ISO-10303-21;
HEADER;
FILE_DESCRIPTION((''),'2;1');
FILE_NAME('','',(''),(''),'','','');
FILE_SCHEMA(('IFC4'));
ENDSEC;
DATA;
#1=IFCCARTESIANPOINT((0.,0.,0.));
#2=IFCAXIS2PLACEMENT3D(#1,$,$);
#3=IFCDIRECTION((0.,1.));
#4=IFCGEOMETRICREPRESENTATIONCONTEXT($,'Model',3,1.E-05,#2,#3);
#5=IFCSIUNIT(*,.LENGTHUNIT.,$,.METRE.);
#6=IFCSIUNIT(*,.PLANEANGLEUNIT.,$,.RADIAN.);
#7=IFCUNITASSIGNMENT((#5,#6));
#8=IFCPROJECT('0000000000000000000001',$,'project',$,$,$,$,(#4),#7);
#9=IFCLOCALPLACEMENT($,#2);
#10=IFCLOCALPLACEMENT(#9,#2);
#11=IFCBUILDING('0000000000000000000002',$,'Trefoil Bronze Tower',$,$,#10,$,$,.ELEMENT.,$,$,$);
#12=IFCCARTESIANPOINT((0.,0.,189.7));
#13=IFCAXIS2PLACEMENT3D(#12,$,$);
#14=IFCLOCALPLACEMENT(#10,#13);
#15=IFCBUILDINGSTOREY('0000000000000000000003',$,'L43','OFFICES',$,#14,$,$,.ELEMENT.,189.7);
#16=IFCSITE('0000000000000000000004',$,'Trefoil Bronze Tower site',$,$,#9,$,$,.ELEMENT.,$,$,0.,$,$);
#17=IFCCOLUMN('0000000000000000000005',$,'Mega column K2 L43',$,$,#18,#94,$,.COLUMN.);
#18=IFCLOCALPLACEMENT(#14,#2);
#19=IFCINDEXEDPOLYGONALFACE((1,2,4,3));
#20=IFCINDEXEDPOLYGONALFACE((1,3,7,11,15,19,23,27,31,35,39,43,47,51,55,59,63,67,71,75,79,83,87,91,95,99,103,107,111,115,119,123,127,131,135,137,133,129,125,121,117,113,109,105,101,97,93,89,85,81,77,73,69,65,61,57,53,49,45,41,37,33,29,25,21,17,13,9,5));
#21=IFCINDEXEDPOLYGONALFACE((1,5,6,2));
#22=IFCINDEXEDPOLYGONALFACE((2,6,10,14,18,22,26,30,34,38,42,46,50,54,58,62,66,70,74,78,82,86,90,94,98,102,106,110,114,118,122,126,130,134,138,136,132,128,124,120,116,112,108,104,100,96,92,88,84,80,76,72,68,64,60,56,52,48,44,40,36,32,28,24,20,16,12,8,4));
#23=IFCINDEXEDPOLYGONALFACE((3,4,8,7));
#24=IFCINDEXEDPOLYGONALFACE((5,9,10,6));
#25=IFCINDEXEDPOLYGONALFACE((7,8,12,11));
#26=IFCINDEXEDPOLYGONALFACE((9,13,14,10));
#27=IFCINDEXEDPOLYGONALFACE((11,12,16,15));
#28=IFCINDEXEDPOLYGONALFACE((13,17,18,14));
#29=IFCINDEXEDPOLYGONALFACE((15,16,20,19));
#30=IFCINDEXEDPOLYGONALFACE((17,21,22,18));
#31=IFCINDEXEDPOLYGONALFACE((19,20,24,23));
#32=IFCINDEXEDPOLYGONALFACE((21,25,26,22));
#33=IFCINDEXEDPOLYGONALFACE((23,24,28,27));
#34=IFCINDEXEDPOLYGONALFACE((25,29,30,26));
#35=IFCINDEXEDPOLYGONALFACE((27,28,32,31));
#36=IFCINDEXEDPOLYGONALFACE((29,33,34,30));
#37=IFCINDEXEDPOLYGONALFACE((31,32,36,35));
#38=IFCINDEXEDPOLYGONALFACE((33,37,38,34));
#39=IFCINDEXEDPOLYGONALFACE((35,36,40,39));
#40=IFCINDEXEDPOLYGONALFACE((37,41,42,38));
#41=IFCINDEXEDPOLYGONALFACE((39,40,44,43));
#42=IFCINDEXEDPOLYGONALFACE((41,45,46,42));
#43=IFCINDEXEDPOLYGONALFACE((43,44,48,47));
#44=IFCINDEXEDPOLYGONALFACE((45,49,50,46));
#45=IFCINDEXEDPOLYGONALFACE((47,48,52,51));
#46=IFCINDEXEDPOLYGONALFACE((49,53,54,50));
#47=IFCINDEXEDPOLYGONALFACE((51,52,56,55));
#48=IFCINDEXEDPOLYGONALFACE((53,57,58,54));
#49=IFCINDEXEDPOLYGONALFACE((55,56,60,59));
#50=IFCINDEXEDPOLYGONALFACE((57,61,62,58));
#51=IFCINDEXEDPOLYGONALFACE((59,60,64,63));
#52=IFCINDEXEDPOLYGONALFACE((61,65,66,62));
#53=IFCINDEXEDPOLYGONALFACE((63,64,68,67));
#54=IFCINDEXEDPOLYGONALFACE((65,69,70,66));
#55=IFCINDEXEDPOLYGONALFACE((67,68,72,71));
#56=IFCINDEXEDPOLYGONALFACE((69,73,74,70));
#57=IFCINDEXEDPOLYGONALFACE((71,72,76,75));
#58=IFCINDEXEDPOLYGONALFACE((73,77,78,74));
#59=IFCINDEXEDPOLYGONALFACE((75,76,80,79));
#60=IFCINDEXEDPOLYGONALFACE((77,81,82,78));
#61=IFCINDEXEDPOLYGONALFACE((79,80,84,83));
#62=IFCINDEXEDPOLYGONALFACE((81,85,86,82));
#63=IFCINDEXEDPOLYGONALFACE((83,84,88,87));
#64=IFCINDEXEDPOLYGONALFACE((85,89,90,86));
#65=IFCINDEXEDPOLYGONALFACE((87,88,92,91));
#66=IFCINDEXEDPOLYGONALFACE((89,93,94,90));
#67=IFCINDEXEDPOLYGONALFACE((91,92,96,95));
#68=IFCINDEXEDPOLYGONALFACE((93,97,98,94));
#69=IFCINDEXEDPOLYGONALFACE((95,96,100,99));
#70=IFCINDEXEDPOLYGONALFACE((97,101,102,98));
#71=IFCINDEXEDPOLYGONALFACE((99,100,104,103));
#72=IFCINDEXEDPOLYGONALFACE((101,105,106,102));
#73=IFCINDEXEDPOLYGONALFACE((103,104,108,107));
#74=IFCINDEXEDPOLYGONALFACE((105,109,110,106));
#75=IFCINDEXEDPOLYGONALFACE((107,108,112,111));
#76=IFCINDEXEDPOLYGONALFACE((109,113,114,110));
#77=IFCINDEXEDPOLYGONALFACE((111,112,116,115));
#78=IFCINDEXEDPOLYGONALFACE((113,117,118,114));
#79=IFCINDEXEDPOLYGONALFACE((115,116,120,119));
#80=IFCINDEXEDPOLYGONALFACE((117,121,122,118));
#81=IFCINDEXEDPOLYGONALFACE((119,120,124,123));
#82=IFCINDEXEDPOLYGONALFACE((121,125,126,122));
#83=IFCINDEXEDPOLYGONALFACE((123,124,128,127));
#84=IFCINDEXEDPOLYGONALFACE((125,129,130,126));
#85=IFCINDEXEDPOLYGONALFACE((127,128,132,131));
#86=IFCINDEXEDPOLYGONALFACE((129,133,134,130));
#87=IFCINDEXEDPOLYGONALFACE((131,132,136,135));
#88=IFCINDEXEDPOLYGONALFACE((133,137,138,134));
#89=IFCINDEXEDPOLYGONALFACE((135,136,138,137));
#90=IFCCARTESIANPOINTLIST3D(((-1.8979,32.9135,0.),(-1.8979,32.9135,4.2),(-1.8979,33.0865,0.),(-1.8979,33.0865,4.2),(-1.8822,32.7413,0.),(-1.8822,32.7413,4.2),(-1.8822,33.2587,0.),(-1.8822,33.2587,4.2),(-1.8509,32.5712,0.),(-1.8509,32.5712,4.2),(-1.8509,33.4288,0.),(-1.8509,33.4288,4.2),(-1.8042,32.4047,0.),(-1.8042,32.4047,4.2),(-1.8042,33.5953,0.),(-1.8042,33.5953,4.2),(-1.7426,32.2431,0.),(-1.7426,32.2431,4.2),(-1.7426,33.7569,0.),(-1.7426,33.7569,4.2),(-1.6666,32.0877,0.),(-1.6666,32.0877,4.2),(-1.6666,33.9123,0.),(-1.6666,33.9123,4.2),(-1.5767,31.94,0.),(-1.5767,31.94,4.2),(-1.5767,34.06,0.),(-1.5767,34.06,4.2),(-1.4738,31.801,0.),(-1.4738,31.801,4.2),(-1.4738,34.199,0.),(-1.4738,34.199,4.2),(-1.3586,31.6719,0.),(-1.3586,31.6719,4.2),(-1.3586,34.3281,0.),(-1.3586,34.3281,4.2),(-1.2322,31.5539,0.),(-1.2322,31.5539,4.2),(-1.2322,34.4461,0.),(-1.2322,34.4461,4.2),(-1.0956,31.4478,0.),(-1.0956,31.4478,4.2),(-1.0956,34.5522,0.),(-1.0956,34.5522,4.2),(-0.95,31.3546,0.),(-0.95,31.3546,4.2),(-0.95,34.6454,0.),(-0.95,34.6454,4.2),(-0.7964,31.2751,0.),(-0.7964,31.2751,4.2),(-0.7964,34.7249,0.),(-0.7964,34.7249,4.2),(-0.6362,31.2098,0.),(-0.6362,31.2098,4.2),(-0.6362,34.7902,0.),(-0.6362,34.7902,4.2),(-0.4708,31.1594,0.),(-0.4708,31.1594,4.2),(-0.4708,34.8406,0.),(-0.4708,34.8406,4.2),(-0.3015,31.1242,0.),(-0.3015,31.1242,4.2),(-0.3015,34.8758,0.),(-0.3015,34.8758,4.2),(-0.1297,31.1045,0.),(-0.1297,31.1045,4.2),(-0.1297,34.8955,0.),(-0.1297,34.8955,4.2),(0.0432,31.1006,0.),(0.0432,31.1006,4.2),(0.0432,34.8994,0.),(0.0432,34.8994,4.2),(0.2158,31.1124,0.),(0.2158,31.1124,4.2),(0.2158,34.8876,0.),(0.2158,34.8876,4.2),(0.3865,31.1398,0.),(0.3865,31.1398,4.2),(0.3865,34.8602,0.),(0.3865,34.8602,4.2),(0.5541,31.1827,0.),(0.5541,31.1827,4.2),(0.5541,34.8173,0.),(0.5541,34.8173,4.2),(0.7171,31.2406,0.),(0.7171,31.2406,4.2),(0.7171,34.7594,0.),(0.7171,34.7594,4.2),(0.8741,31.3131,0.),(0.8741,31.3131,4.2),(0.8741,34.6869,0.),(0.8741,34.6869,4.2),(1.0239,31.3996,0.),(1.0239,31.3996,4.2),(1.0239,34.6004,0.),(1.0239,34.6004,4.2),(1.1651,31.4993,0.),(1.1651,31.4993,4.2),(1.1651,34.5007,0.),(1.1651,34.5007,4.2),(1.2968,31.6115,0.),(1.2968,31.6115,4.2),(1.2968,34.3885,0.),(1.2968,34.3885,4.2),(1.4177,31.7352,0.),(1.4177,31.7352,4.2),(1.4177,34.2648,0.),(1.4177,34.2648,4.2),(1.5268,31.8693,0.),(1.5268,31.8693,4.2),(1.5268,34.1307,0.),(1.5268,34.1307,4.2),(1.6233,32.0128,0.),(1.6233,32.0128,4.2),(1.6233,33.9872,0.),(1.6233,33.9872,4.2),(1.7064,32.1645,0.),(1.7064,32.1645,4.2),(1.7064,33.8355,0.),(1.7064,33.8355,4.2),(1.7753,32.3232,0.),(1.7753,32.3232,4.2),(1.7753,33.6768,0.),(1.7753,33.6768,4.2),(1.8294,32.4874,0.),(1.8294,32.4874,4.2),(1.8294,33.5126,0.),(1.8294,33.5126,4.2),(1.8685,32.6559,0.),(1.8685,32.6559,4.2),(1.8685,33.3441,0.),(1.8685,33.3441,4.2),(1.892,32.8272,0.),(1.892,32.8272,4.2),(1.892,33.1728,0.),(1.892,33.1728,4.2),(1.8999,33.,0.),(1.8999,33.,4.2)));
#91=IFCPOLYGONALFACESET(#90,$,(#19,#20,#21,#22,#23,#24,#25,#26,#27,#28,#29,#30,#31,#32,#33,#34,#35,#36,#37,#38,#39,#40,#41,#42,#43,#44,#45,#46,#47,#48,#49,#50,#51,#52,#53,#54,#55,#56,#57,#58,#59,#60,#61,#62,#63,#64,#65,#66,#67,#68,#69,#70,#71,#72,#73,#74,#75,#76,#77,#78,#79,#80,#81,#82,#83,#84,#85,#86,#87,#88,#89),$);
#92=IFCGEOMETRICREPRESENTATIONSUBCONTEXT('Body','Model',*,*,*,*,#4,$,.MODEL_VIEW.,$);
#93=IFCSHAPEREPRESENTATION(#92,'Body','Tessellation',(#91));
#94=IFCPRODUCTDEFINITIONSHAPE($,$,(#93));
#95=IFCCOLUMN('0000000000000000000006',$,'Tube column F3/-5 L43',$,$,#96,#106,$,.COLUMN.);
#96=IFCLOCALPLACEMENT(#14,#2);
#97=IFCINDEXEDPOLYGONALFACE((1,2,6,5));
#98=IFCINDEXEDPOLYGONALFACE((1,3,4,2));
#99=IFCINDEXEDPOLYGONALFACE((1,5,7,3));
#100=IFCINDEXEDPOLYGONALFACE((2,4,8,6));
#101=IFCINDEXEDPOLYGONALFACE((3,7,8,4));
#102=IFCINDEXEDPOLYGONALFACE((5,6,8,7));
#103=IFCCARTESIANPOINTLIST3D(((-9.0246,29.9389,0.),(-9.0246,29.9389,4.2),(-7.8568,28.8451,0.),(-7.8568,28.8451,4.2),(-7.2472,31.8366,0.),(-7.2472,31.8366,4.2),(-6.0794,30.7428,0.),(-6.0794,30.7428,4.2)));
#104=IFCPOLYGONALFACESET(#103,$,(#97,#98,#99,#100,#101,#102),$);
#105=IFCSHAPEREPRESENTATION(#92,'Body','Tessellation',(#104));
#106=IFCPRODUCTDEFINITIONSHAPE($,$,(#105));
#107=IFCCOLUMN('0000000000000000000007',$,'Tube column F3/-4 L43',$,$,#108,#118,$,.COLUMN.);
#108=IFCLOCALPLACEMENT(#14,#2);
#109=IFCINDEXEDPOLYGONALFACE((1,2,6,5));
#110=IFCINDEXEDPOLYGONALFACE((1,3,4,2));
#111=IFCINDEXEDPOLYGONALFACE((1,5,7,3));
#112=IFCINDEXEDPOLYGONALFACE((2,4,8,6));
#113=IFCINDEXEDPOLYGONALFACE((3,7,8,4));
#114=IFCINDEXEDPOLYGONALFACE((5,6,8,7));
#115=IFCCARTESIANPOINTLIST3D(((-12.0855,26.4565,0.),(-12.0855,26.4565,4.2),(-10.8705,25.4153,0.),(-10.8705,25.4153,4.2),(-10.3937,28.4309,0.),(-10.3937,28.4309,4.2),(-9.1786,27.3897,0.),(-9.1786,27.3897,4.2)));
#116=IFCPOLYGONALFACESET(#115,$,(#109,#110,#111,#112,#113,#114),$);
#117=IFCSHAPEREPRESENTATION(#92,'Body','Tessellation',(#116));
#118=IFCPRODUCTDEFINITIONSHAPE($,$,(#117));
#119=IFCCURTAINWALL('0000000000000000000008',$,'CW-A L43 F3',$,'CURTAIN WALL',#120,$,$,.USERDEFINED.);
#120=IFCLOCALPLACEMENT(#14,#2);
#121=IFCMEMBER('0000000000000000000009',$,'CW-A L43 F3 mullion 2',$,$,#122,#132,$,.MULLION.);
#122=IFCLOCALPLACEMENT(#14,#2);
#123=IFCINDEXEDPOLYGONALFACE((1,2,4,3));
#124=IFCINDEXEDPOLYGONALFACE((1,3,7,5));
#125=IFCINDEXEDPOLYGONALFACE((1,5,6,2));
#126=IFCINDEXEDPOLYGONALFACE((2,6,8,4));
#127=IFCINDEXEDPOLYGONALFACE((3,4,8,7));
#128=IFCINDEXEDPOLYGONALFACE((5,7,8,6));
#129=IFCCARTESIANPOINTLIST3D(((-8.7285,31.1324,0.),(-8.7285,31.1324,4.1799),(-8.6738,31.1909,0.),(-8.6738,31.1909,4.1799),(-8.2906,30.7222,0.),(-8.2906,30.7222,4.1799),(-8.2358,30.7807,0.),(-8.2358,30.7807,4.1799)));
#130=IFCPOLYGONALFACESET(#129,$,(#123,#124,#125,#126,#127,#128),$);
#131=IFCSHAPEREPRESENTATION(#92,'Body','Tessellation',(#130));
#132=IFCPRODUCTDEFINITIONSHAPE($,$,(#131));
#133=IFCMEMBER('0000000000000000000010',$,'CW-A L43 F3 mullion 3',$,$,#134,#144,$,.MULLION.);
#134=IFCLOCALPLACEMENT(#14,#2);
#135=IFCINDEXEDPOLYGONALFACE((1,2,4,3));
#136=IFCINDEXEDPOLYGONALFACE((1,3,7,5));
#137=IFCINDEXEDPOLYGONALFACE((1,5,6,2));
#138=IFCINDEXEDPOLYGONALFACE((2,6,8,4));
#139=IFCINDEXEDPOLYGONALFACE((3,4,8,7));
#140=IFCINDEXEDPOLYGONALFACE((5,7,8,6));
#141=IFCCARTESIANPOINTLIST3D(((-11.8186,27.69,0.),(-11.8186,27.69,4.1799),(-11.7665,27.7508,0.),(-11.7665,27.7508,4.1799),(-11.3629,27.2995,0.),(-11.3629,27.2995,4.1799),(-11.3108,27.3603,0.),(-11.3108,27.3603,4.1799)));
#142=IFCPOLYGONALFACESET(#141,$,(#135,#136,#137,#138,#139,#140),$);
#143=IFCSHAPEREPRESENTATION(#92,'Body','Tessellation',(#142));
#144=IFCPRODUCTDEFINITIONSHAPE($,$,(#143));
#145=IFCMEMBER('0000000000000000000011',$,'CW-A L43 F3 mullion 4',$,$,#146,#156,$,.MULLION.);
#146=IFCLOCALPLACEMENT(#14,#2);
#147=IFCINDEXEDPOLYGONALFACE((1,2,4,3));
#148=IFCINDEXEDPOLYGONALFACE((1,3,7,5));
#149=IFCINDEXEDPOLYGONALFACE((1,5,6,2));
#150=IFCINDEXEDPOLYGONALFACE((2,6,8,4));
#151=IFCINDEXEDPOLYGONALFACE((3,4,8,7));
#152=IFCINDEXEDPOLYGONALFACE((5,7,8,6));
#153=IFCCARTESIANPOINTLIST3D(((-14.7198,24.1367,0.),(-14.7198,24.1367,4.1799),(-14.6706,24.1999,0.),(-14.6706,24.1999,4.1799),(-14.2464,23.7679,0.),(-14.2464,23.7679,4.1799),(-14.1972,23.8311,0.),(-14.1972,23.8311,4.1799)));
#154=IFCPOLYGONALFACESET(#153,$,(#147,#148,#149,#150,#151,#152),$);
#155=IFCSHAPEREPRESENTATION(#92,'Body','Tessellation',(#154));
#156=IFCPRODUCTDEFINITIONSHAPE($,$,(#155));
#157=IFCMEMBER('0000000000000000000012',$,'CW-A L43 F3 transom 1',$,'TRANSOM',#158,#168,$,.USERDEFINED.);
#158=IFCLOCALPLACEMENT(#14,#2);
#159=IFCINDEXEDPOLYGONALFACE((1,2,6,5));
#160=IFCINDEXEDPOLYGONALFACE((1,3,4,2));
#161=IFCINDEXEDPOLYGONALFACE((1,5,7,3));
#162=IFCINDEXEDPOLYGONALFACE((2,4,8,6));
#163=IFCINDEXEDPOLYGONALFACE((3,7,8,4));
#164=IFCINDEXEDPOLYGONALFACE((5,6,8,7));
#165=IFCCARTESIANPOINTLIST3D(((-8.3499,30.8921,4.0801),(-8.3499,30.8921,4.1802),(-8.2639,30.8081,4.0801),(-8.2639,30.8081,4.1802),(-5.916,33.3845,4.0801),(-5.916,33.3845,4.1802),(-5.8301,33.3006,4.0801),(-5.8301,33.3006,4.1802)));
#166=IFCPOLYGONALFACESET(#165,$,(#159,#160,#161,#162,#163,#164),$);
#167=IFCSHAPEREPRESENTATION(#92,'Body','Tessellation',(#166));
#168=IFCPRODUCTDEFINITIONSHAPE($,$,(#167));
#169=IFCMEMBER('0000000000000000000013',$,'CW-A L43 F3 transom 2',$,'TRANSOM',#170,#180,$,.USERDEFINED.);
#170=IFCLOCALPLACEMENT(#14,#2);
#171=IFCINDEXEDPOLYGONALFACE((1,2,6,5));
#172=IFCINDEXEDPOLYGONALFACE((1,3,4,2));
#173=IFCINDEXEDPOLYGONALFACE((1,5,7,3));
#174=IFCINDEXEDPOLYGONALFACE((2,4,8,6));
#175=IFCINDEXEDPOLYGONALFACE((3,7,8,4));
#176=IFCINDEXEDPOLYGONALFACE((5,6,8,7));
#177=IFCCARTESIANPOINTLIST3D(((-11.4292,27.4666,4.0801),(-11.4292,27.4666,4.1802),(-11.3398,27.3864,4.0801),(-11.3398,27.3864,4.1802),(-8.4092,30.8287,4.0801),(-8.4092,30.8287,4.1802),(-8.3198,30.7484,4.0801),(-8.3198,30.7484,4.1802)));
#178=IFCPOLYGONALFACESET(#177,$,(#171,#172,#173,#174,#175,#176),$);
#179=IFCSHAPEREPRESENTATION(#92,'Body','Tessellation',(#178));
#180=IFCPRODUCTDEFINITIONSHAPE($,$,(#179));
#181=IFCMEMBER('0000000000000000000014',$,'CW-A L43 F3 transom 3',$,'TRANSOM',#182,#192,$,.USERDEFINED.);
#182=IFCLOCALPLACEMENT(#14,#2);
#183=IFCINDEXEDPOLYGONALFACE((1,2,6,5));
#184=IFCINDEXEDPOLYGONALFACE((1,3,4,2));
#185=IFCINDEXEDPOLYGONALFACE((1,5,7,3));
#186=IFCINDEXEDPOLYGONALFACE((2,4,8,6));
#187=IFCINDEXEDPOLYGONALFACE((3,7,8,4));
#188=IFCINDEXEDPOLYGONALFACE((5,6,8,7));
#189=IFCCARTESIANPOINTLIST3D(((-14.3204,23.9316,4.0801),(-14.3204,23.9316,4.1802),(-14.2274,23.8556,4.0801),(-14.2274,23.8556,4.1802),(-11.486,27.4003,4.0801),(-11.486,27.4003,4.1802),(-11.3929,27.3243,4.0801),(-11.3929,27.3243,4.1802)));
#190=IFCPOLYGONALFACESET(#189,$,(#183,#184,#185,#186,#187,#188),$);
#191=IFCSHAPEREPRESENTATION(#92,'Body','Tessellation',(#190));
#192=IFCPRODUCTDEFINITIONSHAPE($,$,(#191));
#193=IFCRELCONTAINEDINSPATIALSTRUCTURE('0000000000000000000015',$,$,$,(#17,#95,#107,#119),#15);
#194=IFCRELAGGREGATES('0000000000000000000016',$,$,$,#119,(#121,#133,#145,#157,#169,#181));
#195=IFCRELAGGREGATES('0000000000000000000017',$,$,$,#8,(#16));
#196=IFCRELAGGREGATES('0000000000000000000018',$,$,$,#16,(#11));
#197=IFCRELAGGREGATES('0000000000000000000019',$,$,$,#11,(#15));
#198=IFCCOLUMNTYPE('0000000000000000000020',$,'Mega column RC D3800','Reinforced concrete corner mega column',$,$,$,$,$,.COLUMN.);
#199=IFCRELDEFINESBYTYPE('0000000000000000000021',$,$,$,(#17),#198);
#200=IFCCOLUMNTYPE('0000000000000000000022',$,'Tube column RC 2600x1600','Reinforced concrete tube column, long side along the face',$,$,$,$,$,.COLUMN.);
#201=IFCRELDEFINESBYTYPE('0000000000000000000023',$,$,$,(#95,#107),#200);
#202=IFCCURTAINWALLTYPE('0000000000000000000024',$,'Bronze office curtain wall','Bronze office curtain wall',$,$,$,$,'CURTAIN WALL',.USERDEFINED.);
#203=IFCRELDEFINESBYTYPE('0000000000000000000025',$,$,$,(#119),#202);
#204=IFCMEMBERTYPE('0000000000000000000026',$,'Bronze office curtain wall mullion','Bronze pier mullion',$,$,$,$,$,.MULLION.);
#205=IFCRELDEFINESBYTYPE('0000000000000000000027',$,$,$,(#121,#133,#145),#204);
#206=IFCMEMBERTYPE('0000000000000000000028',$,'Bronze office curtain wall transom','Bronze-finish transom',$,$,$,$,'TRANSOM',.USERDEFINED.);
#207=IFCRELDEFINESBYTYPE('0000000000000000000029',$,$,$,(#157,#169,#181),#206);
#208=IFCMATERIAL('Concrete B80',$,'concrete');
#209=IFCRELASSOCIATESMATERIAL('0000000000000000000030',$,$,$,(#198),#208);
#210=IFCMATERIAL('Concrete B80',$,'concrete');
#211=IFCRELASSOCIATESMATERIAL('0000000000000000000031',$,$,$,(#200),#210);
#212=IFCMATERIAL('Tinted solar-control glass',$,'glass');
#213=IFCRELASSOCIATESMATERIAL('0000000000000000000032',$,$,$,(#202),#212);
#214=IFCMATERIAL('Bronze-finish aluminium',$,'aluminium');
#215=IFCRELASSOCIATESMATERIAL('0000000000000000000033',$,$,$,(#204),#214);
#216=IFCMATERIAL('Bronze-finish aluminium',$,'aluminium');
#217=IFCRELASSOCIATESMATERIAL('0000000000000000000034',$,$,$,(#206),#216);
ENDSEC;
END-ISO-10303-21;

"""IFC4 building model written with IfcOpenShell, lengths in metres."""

from ifc_helpers import new_model, si_unit, direction, frame, origin, origin_2d, place, context, subcontext, project, spatial, rectangle, circle, extrude, material, material_profile, profile_set, type_object, element, aggregate, save


model = new_model("IFC4")

# Units and contexts
model_context = context("Model", 3, precision=1e-05, world=origin(), true_north=direction((0.0, 1.0)))
body_context = subcontext(model_context, "Body", "Model", "MODEL_VIEW")
ifc_project = project(units=[si_unit("LENGTHUNIT", "METRE"), si_unit("PLANEANGLEUNIT", "RADIAN")], contexts=[model_context])

# Site, building, storey
site_placement = place(None, origin())
site = spatial("IfcSite", under=ifc_project, at=site_placement, Name="Trefoil Bronze Tower site", CompositionType="ELEMENT", RefElevation=0.0)
building_placement = place(site_placement, origin())
building = spatial("IfcBuilding", under=site, at=building_placement, Name="Trefoil Bronze Tower", CompositionType="ELEMENT")
storey_placement = place(building_placement, frame((0.0, 0.0, 189.7)))
storey = spatial("IfcBuildingStorey", under=building, at=storey_placement, Name="L43", Description="OFFICES", CompositionType="ELEMENT", Elevation=189.7)

# Columns
ifc_material_1 = material(Name="Concrete B80", Category="concrete")
ifc_material_profile_1 = material_profile(ifc_material_1, circle(Radius=1.8999, at=origin_2d()), Name="RC D3800")
ifc_profile_set_1 = profile_set([ifc_material_profile_1], Name="Concrete B80")
column_type_1 = type_object("IfcColumnType", Name="Mega column RC D3800", Description="Reinforced concrete corner mega column", PredefinedType="COLUMN", material=ifc_profile_set_1)
column_placement = place(storey_placement, frame((0.0, 33.0, 0.0), z_axis=(0.0, 0.0, 1.0), x_axis=(1.0, 0.0, 0.0)))
element("IfcColumn", 1, at=column_placement, inside=storey, type_object=column_type_1, Name="Mega column K2 L43", PredefinedType="COLUMN", context=body_context, shape_type="SweptSolid", body=[
    extrude(circle(Radius=1.8999, at=origin_2d()), origin(), (0.0, 0.0, 1.0), 4.2),
])
ifc_material_2 = material(Name="Concrete B80", Category="concrete")
ifc_material_profile_2 = material_profile(ifc_material_2, rectangle(XDim=2.6001, YDim=1.6001, at=origin_2d()), Name="RC 2600x1600")
ifc_profile_set_2 = profile_set([ifc_material_profile_2], Name="Concrete B80")
column_type_2 = type_object("IfcColumnType", Name="Tube column RC 2600x1600", Description="Reinforced concrete tube column, long side along the face", PredefinedType="COLUMN", material=ifc_profile_set_2)
for number, where, z_axis, x_axis, name in (
    (2, (-7.552, 30.3408, 0.0), (0.0, 0.0, 1.0), (-0.683597, -0.72986, 0.0), "Tube column F3/-5 L43"),
    (3, (-10.6321, 26.9231, 0.0), (0.0, 0.0, 1.0), (-0.650677, -0.759355, 0.0), "Tube column F3/-4 L43"),
):
    element("IfcColumn", number, at=place(storey_placement, frame(where, z_axis=z_axis, x_axis=x_axis)), inside=storey, type_object=column_type_2, Name=name, PredefinedType="COLUMN", context=body_context, shape_type="SweptSolid", body=[
        extrude(rectangle(XDim=2.6001, YDim=1.6001, at=origin_2d()), origin(), (0.0, 0.0, 1.0), 4.2),
    ])

# Curtain wall, members
ifc_material_3 = material(Name="Tinted solar-control glass", Category="glass")
curtain_wall_type_1 = type_object("IfcCurtainWallType", Name="Bronze office curtain wall", Description="Bronze office curtain wall", ElementType="CURTAIN WALL", PredefinedType="USERDEFINED", material=ifc_material_3)
curtain_wall_1_placement = place(storey_placement, origin())
curtain_wall_1 = element("IfcCurtainWall", 4, at=curtain_wall_1_placement, inside=storey, type_object=curtain_wall_type_1, Name="CW-A L43 F3", ObjectType="CURTAIN WALL", PredefinedType="USERDEFINED")
ifc_material_4 = material(Name="Bronze-finish aluminium", Category="aluminium")
ifc_material_profile_3 = material_profile(ifc_material_4, rectangle(XDim=0.6001, YDim=0.0801, at=origin_2d()), Name="CW-A mullion")
ifc_profile_set_3 = profile_set([ifc_material_profile_3], Name="Bronze-finish aluminium")
member_type_1 = type_object("IfcMemberType", Name="Bronze office curtain wall mullion", Description="Bronze pier mullion", PredefinedType="MULLION", material=ifc_profile_set_3)
member_1_placement = place(storey_placement, frame((-8.4822, 30.9565, 0.0), z_axis=(0.0, 0.0, 1.0), x_axis=(0.72986, -0.683597, 0.0)))
member_1 = element("IfcMember", 5, at=member_1_placement, type_object=member_type_1, Name="CW-A L43 F3 mullion 2", PredefinedType="MULLION", context=body_context, shape_type="SweptSolid", body=[
    extrude(rectangle(XDim=0.6001, YDim=0.0801, at=origin_2d()), origin(), (0.0, 0.0, 1.0), 4.1799),
])
member_2_placement = place(storey_placement, frame((-11.5647, 27.5251, 0.0), z_axis=(0.0, 0.0, 1.0), x_axis=(0.759355, -0.650677, 0.0)))
member_2 = element("IfcMember", 6, at=member_2_placement, type_object=member_type_1, Name="CW-A L43 F3 mullion 3", PredefinedType="MULLION", context=body_context, shape_type="SweptSolid", body=[
    extrude(rectangle(XDim=0.6001, YDim=0.0801, at=origin_2d()), origin(), (0.0, 0.0, 1.0), 4.1799),
])
member_3_placement = place(storey_placement, frame((-14.4585, 23.9839, 0.0), z_axis=(0.0, 0.0, 1.0), x_axis=(0.788821, -0.614622, 0.0)))
member_3 = element("IfcMember", 7, at=member_3_placement, type_object=member_type_1, Name="CW-A L43 F3 mullion 4", PredefinedType="MULLION", context=body_context, shape_type="SweptSolid", body=[
    extrude(rectangle(XDim=0.6001, YDim=0.0801, at=origin_2d()), origin(), (0.0, 0.0, 1.0), 4.1799),
])
ifc_material_5 = material(Name="Bronze-finish aluminium", Category="aluminium")
ifc_material_profile_4 = material_profile(ifc_material_5, rectangle(XDim=0.1201, YDim=0.1001, at=origin_2d()), Name="CW-A transom")
ifc_profile_set_4 = profile_set([ifc_material_profile_4], Name="Bronze-finish aluminium")
member_type_2 = type_object("IfcMemberType", Name="Bronze office curtain wall transom", Description="Bronze-finish transom", ElementType="TRANSOM", PredefinedType="USERDEFINED", material=ifc_profile_set_4)
member_4_placement = place(storey_placement, frame((-5.873, 33.3425, 4.1301), z_axis=(-0.698647, -0.715467, 0.0), x_axis=(0.715467, -0.698647, 0.0)))
member_4 = element("IfcMember", 8, at=member_4_placement, type_object=member_type_2, Name="CW-A L43 F3 transom 1", ObjectType="TRANSOM", PredefinedType="USERDEFINED", context=body_context, shape_type="SweptSolid", body=[
    extrude(rectangle(XDim=0.1201, YDim=0.1001, at=origin_2d()), origin(), (0.0, 0.0, 1.0), 3.4836),
])
member_5_placement = place(storey_placement, frame((-8.3645, 30.7886, 4.1301), z_axis=(-0.668251, -0.743936, 0.0), x_axis=(0.743936, -0.668251, 0.0)))
member_5 = element("IfcMember", 9, at=member_5_placement, type_object=member_type_2, Name="CW-A L43 F3 transom 2", ObjectType="TRANSOM", PredefinedType="USERDEFINED", context=body_context, shape_type="SweptSolid", body=[
    extrude(rectangle(XDim=0.1201, YDim=0.1001, at=origin_2d()), origin(), (0.0, 0.0, 1.0), 4.5193),
])
member_6_placement = place(storey_placement, frame((-11.4395, 27.3623, 4.1301), z_axis=(-0.632757, -0.774351, 0.0), x_axis=(0.774351, -0.632757, 0.0)))
member_6 = element("IfcMember", 10, at=member_6_placement, type_object=member_type_2, Name="CW-A L43 F3 transom 3", ObjectType="TRANSOM", PredefinedType="USERDEFINED", context=body_context, shape_type="SweptSolid", body=[
    extrude(rectangle(XDim=0.1201, YDim=0.1001, at=origin_2d()), origin(), (0.0, 0.0, 1.0), 4.4795),
])

aggregate(curtain_wall_1, [member_1, member_2, member_3, member_4, member_5, member_6])

save(model, "model.ifc")
